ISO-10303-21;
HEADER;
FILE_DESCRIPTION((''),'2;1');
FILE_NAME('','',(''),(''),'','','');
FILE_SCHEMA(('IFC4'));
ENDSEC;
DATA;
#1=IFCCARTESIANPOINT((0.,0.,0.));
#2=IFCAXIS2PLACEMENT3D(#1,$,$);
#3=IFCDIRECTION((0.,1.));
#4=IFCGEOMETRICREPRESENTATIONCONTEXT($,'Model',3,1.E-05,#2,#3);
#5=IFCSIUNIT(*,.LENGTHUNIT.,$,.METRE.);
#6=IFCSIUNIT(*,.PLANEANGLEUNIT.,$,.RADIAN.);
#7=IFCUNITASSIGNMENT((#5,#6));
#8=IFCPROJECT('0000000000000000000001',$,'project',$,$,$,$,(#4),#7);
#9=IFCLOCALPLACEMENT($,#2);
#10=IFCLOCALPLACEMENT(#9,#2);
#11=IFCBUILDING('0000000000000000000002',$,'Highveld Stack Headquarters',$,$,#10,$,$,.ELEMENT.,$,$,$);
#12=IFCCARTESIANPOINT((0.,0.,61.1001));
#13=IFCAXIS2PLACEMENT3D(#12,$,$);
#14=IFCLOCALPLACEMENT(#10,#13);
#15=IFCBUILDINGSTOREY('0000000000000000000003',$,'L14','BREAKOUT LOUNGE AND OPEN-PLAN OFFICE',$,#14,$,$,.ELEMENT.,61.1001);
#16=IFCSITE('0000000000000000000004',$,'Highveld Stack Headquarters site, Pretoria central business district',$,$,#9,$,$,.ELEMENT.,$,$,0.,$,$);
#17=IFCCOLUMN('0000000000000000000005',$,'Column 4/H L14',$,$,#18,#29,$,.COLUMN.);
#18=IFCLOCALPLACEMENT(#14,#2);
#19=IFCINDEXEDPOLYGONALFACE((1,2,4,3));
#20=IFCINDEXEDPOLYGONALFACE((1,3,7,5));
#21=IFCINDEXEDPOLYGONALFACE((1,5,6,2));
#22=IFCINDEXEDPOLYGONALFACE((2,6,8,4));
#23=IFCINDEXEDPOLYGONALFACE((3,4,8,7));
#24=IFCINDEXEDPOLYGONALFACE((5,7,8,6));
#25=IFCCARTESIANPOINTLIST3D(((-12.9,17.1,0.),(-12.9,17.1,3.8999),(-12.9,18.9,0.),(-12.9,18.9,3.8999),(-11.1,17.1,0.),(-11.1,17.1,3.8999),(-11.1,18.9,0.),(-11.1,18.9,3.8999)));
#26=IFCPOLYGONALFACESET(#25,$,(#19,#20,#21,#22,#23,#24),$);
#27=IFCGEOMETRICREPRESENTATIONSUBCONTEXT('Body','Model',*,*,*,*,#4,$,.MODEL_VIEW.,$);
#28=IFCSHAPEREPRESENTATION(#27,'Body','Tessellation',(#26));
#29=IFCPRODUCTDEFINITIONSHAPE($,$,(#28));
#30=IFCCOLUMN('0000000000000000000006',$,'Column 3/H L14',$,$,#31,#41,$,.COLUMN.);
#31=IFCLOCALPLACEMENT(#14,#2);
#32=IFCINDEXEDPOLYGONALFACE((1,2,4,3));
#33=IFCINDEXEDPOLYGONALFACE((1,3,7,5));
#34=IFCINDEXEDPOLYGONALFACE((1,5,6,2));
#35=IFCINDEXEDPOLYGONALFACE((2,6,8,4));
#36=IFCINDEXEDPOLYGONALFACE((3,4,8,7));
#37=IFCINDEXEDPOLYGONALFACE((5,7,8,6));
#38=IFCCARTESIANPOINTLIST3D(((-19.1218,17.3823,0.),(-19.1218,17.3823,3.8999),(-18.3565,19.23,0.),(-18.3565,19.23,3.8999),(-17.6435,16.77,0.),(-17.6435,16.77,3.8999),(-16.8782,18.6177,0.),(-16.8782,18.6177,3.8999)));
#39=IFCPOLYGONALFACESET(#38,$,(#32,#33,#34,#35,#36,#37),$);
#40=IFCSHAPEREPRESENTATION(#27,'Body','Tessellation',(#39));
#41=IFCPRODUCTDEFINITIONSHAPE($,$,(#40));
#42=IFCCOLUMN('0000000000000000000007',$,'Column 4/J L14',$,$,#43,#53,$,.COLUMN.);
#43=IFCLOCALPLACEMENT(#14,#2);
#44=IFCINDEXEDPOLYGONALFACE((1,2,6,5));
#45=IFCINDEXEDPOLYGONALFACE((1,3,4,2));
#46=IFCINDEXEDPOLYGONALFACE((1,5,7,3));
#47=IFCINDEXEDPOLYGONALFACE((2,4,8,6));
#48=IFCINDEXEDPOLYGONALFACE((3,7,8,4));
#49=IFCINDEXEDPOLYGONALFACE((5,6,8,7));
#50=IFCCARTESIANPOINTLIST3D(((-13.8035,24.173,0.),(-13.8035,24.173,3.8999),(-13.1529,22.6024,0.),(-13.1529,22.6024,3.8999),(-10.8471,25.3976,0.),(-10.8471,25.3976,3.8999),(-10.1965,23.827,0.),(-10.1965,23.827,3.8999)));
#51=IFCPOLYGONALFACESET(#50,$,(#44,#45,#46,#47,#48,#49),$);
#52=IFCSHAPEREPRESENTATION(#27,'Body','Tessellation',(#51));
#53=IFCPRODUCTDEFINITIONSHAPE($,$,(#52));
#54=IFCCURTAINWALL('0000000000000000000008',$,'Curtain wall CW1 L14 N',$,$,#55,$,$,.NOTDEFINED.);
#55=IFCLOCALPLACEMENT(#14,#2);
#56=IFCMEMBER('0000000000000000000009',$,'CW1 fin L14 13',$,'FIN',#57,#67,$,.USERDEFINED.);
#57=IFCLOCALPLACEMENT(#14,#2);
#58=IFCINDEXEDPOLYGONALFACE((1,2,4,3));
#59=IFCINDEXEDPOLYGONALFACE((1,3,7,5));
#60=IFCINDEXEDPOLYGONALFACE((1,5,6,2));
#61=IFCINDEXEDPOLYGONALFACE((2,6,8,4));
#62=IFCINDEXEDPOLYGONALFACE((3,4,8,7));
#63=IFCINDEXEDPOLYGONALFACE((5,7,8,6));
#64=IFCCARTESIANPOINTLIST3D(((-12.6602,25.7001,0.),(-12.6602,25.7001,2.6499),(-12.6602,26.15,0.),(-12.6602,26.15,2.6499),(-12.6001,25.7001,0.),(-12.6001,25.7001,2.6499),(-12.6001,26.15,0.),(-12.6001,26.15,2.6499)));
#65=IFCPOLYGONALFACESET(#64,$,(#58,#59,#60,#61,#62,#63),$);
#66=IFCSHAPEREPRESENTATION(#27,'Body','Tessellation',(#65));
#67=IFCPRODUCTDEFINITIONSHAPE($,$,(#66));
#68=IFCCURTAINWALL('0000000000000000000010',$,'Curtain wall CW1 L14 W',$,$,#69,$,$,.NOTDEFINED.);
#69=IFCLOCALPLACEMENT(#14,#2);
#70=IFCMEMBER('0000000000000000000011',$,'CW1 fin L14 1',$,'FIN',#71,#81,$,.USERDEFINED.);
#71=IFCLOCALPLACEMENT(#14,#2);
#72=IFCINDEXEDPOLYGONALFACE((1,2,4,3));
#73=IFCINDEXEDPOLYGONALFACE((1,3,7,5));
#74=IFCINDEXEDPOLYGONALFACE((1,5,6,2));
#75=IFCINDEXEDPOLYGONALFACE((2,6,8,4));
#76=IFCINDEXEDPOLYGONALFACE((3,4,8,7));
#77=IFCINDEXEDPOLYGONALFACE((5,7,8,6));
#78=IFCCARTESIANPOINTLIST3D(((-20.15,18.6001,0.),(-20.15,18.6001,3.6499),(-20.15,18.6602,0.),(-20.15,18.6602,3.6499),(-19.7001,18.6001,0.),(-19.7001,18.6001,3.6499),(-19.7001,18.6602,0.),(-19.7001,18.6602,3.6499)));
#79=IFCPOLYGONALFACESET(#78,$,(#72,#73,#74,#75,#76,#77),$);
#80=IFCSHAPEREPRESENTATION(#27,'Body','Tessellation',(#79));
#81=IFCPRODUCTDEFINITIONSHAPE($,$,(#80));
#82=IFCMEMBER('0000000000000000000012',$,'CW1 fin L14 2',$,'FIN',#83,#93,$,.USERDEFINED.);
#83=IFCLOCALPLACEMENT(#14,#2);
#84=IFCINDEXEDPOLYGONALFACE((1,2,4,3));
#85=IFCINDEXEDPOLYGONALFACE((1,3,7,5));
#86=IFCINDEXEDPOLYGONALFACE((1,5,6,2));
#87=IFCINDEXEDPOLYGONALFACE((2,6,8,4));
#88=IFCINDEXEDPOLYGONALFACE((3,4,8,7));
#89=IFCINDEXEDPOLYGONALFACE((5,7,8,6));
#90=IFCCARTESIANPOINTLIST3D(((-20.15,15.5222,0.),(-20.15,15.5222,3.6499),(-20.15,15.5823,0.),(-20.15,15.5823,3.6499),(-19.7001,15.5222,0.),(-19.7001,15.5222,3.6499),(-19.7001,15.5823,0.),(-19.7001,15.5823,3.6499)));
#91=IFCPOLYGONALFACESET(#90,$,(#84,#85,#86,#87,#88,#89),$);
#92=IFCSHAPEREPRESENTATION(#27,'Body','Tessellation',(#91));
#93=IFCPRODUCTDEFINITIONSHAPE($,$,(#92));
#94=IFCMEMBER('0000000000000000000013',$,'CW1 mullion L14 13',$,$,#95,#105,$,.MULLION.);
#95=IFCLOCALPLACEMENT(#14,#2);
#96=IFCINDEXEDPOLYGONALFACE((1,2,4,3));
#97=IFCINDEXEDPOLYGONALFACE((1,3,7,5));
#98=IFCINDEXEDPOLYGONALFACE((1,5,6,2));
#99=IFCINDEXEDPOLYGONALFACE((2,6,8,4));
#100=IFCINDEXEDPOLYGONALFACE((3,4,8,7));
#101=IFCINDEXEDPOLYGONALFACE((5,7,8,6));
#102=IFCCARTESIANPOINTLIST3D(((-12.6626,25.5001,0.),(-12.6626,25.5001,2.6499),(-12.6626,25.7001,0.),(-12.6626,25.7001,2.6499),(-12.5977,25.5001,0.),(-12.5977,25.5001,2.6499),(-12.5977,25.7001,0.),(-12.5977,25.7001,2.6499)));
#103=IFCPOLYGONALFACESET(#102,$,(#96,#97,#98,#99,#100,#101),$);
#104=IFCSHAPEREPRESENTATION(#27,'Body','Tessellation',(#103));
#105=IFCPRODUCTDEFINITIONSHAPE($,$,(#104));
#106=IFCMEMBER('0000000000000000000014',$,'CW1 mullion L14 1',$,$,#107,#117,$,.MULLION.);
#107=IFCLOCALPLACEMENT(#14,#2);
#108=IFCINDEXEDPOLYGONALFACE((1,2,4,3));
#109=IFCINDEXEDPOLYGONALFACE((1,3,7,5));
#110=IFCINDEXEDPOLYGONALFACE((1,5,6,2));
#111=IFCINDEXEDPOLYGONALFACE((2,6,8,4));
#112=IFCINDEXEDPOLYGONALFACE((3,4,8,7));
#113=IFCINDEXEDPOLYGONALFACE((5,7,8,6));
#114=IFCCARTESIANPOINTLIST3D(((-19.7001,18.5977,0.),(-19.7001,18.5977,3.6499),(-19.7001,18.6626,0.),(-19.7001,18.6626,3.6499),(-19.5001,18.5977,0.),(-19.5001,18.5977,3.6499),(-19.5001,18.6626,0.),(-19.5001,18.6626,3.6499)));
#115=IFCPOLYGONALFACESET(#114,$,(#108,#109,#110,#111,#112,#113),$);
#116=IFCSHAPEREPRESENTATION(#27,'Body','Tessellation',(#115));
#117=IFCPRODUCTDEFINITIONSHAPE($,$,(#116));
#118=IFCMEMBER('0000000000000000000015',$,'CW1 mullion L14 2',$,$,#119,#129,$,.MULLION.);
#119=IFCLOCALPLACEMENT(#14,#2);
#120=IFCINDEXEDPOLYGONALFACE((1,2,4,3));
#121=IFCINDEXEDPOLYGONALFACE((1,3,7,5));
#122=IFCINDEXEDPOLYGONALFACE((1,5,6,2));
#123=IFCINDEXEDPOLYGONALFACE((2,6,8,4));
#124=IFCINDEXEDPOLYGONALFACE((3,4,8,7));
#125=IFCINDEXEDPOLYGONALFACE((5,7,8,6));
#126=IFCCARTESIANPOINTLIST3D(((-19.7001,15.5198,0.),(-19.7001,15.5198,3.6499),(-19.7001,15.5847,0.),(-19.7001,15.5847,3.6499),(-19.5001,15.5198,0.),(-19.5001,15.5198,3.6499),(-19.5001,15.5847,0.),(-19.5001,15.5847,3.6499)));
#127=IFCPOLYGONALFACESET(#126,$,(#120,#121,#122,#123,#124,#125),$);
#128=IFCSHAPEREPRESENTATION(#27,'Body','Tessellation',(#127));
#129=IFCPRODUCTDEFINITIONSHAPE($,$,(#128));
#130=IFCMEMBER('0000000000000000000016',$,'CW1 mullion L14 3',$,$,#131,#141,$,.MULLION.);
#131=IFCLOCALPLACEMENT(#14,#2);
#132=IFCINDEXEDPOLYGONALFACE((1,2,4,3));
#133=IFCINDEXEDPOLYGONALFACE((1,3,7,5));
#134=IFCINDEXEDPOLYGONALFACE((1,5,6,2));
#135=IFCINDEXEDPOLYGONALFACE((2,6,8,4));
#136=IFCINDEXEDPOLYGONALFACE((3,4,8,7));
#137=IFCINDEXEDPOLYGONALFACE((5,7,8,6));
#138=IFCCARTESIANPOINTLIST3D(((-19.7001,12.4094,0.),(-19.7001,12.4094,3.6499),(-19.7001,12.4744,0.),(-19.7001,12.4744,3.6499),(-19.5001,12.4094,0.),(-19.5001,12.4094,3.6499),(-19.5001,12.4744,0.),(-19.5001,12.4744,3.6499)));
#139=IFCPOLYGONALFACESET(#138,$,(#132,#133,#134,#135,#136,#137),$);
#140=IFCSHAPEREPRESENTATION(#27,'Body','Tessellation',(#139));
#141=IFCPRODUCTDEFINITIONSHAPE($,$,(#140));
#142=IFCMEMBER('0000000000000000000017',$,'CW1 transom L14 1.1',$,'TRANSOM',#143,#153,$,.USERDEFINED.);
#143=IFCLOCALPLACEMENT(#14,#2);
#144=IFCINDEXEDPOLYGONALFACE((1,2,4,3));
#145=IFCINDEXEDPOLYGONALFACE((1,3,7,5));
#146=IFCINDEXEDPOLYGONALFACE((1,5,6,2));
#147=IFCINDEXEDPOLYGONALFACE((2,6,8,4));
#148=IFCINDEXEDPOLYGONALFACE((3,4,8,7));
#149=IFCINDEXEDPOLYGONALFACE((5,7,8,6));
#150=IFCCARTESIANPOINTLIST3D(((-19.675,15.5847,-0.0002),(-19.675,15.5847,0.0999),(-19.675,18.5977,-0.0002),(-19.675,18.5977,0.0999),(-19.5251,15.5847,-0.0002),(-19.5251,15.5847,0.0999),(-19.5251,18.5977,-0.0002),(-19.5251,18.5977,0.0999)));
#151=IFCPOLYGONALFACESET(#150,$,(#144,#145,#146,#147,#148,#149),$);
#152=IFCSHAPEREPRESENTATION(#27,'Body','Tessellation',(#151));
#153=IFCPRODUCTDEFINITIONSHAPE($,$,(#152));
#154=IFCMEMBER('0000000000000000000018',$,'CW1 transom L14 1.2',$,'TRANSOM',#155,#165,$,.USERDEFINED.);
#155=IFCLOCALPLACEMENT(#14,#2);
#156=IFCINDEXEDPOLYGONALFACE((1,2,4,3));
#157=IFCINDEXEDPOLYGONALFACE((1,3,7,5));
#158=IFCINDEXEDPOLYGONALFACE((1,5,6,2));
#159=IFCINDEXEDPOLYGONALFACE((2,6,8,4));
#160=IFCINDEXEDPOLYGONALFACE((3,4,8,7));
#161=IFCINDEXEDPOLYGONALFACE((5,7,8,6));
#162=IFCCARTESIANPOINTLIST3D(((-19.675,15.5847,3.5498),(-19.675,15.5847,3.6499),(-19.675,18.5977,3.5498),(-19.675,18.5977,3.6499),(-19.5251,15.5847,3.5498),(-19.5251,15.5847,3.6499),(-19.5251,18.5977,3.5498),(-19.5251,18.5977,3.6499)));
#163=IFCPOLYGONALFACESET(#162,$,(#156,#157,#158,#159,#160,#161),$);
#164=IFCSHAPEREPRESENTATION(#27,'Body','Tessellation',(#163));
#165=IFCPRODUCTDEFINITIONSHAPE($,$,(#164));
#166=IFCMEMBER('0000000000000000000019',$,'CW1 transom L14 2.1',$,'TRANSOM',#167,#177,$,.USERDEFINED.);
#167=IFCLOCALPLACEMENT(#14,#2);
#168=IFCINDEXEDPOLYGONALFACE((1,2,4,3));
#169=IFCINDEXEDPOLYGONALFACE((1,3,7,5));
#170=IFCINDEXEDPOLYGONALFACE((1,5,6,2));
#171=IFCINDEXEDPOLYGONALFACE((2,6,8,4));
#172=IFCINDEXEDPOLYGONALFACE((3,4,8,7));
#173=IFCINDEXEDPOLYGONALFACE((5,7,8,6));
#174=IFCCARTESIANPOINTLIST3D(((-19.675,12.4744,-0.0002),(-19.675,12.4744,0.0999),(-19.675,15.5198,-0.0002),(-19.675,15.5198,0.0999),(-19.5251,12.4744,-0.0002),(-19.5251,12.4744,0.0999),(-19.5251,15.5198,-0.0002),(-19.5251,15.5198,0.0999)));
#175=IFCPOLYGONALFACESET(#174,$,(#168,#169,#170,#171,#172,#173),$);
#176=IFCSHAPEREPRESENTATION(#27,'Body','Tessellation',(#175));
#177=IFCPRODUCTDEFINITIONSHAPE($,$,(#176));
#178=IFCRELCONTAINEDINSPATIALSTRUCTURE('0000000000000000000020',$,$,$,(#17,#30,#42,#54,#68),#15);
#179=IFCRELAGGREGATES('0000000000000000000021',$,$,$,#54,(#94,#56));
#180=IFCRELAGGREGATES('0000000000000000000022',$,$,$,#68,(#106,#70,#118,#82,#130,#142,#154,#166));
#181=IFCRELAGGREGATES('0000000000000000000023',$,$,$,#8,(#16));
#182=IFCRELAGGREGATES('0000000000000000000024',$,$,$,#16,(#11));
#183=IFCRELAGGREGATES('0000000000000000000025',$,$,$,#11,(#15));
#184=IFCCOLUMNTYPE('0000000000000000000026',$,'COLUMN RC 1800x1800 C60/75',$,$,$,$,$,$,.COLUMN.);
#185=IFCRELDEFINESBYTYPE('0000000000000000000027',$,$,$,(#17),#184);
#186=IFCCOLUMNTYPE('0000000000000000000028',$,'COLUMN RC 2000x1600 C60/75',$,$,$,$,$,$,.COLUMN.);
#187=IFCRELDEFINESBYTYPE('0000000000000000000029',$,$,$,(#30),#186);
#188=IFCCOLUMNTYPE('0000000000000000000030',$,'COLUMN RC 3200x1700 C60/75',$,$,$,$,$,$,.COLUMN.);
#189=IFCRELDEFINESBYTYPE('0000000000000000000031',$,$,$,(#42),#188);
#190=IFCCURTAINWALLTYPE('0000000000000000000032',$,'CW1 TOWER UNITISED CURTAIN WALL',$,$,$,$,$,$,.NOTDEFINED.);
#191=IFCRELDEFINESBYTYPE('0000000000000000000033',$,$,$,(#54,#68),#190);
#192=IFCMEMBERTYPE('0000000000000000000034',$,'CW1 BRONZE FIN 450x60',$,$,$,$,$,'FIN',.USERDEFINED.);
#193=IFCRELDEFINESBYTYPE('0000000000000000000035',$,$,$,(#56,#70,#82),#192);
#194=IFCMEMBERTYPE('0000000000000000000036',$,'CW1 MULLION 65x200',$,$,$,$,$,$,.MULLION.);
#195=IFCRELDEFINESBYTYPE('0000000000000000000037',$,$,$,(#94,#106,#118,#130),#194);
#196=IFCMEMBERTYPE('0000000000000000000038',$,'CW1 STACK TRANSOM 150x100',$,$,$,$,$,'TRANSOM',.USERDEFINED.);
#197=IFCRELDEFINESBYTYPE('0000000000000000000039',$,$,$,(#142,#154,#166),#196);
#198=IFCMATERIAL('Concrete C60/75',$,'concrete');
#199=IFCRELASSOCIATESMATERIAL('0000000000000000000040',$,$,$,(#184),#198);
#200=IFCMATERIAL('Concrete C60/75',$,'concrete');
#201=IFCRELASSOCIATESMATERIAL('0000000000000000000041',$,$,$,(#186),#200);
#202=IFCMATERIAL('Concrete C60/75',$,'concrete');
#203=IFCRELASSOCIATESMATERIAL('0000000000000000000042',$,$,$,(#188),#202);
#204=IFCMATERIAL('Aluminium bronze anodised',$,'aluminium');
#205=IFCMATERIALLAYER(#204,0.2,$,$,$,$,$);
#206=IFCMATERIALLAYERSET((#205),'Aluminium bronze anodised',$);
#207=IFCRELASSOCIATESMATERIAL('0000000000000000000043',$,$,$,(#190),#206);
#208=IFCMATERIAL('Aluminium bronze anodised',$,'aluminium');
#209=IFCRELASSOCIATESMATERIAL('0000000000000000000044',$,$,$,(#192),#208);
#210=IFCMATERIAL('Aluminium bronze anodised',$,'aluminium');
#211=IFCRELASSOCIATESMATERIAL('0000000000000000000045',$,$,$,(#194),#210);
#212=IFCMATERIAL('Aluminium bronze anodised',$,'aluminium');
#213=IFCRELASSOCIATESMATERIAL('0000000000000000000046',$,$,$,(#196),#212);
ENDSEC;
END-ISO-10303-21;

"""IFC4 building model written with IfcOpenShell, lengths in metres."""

from ifc_helpers import new_model, si_unit, direction, frame, origin, origin_2d, place, context, subcontext, project, spatial, rectangle, extrude, material, layer, layer_set, material_profile, profile_set, type_object, element, aggregate, save


model = new_model("IFC4")

# Units and contexts
model_context = context("Model", 3, precision=1e-05, world=origin(), true_north=direction((0.0, 1.0)))
body_context = subcontext(model_context, "Body", "Model", "MODEL_VIEW")
ifc_project = project(units=[si_unit("LENGTHUNIT", "METRE"), si_unit("PLANEANGLEUNIT", "RADIAN")], contexts=[model_context])

# Site, building, storey
site_placement = place(None, origin())
site = spatial("IfcSite", under=ifc_project, at=site_placement, Name="Highveld Stack Headquarters site, Pretoria central business district", CompositionType="ELEMENT", RefElevation=0.0)
building_placement = place(site_placement, origin())
building = spatial("IfcBuilding", under=site, at=building_placement, Name="Highveld Stack Headquarters", CompositionType="ELEMENT")
storey_placement = place(building_placement, frame((0.0, 0.0, 61.1001)))
storey = spatial("IfcBuildingStorey", under=building, at=storey_placement, Name="L14", Description="BREAKOUT LOUNGE AND OPEN-PLAN OFFICE", CompositionType="ELEMENT", Elevation=61.1001)

# Columns
ifc_material_1 = material(Name="Concrete C60/75", Category="concrete")
ifc_material_profile_1 = material_profile(ifc_material_1, rectangle(XDim=1.8, YDim=1.8, at=origin_2d()), Name="RC 1800x1800")
ifc_profile_set_1 = profile_set([ifc_material_profile_1], Name="Concrete C60/75")
column_type_1 = type_object("IfcColumnType", Name="COLUMN RC 1800x1800 C60/75", PredefinedType="COLUMN", material=ifc_profile_set_1)
column_1_placement = place(storey_placement, frame((-12.0, 18.0, 0.0), z_axis=(0.0, 0.0, 1.0), x_axis=(1.0, 0.0, 0.0)))
element("IfcColumn", 1, at=column_1_placement, inside=storey, type_object=column_type_1, Name="Column 4/H L14", PredefinedType="COLUMN", context=body_context, shape_type="SweptSolid", body=[
    extrude(rectangle(XDim=1.8, YDim=1.8, at=origin_2d()), origin(), (0.0, 0.0, 1.0), 3.8999),
])
ifc_material_2 = material(Name="Concrete C60/75", Category="concrete")
ifc_material_profile_2 = material_profile(ifc_material_2, rectangle(XDim=2.0, YDim=1.6001, at=origin_2d()), Name="RC 2000x1600")
ifc_profile_set_2 = profile_set([ifc_material_profile_2], Name="Concrete C60/75")
column_type_2 = type_object("IfcColumnType", Name="COLUMN RC 2000x1600 C60/75", PredefinedType="COLUMN", material=ifc_profile_set_2)
column_2_placement = place(storey_placement, frame((-18.0, 18.0, 0.0), z_axis=(0.0, 0.0, 1.0), x_axis=(0.382683, 0.92388, 0.0)))
element("IfcColumn", 2, at=column_2_placement, inside=storey, type_object=column_type_2, Name="Column 3/H L14", PredefinedType="COLUMN", context=body_context, shape_type="SweptSolid", body=[
    extrude(rectangle(XDim=2.0, YDim=1.6001, at=origin_2d()), origin(), (0.0, 0.0, 1.0), 3.8999),
])
ifc_material_3 = material(Name="Concrete C60/75", Category="concrete")
ifc_material_profile_3 = material_profile(ifc_material_3, rectangle(XDim=3.2, YDim=1.7, at=origin_2d()), Name="RC 3200x1700")
ifc_profile_set_3 = profile_set([ifc_material_profile_3], Name="Concrete C60/75")
column_type_3 = type_object("IfcColumnType", Name="COLUMN RC 3200x1700 C60/75", PredefinedType="COLUMN", material=ifc_profile_set_3)
column_3_placement = place(storey_placement, frame((-12.0, 24.0, 0.0), z_axis=(0.0, 0.0, 1.0), x_axis=(0.92388, 0.382683, 0.0)))
element("IfcColumn", 3, at=column_3_placement, inside=storey, type_object=column_type_3, Name="Column 4/J L14", PredefinedType="COLUMN", context=body_context, shape_type="SweptSolid", body=[
    extrude(rectangle(XDim=3.2, YDim=1.7, at=origin_2d()), origin(), (0.0, 0.0, 1.0), 3.8999),
])

# Curtain wall, member
ifc_material_4 = material(Name="Aluminium bronze anodised", Category="aluminium")
ifc_layer_1 = layer(ifc_material_4, 0.2)
ifc_layer_set_1 = layer_set([ifc_layer_1], Name="Aluminium bronze anodised")
curtain_wall_type_1 = type_object("IfcCurtainWallType", Name="CW1 TOWER UNITISED CURTAIN WALL", PredefinedType="NOTDEFINED", material=ifc_layer_set_1)
curtain_wall_1_placement = place(storey_placement, origin())
curtain_wall_1 = element("IfcCurtainWall", 4, at=curtain_wall_1_placement, inside=storey, type_object=curtain_wall_type_1, Name="Curtain wall CW1 L14 N", PredefinedType="NOTDEFINED")
ifc_material_5 = material(Name="Aluminium bronze anodised", Category="aluminium")
ifc_material_profile_4 = material_profile(ifc_material_5, rectangle(XDim=0.45, YDim=0.0601, at=origin_2d()), Name="FIN 450x60")
ifc_profile_set_4 = profile_set([ifc_material_profile_4], Name="Aluminium bronze anodised")
member_type_1 = type_object("IfcMemberType", Name="CW1 BRONZE FIN 450x60", ElementType="FIN", PredefinedType="USERDEFINED", material=ifc_profile_set_4)
member_1_placement = place(storey_placement, frame((-12.6301, 25.925, 0.0), z_axis=(0.0, 0.0, 1.0), x_axis=(0.0, -1.0, 0.0)))
member_1 = element("IfcMember", 5, at=member_1_placement, type_object=member_type_1, Name="CW1 fin L14 13", ObjectType="FIN", PredefinedType="USERDEFINED", context=body_context, shape_type="SweptSolid", body=[
    extrude(rectangle(XDim=0.45, YDim=0.0601, at=origin_2d()), origin(), (0.0, 0.0, 1.0), 2.6499),
])

# Curtain wall, members
curtain_wall_2_placement = place(storey_placement, origin())
curtain_wall_2 = element("IfcCurtainWall", 6, at=curtain_wall_2_placement, inside=storey, type_object=curtain_wall_type_1, Name="Curtain wall CW1 L14 W", PredefinedType="NOTDEFINED")
member_2_placement = place(storey_placement, frame((-19.925, 18.6301, 0.0), z_axis=(0.0, 0.0, 1.0), x_axis=(1.0, 0.0, 0.0)))
member_2 = element("IfcMember", 7, at=member_2_placement, type_object=member_type_1, Name="CW1 fin L14 1", ObjectType="FIN", PredefinedType="USERDEFINED", context=body_context, shape_type="SweptSolid", body=[
    extrude(rectangle(XDim=0.45, YDim=0.0601, at=origin_2d()), origin(), (0.0, 0.0, 1.0), 3.6499),
])
member_3_placement = place(storey_placement, frame((-19.925, 15.5522, 0.0), z_axis=(0.0, 0.0, 1.0), x_axis=(1.0, 0.0, 0.0)))
member_3 = element("IfcMember", 8, at=member_3_placement, type_object=member_type_1, Name="CW1 fin L14 2", ObjectType="FIN", PredefinedType="USERDEFINED", context=body_context, shape_type="SweptSolid", body=[
    extrude(rectangle(XDim=0.45, YDim=0.0601, at=origin_2d()), origin(), (0.0, 0.0, 1.0), 3.6499),
])

# Members
ifc_material_6 = material(Name="Aluminium bronze anodised", Category="aluminium")
ifc_material_profile_5 = material_profile(ifc_material_6, rectangle(XDim=0.2, YDim=0.0649, at=origin_2d()), Name="CW1 MULLION 65x200")
ifc_profile_set_5 = profile_set([ifc_material_profile_5], Name="Aluminium bronze anodised")
member_type_2 = type_object("IfcMemberType", Name="CW1 MULLION 65x200", PredefinedType="MULLION", material=ifc_profile_set_5)
member_4_placement = place(storey_placement, frame((-12.6301, 25.6001, 0.0), z_axis=(0.0, 0.0, 1.0), x_axis=(0.0, -1.0, 0.0)))
member_4 = element("IfcMember", 9, at=member_4_placement, type_object=member_type_2, Name="CW1 mullion L14 13", PredefinedType="MULLION", context=body_context, shape_type="SweptSolid", body=[
    extrude(rectangle(XDim=0.2, YDim=0.0649, at=origin_2d()), origin(), (0.0, 0.0, 1.0), 2.6499),
])
aggregate(curtain_wall_1, [member_4, member_1])
member_5_placement = place(storey_placement, frame((-19.6001, 18.6301, 0.0), z_axis=(0.0, 0.0, 1.0), x_axis=(1.0, 0.0, 0.0)))
member_5 = element("IfcMember", 10, at=member_5_placement, type_object=member_type_2, Name="CW1 mullion L14 1", PredefinedType="MULLION", context=body_context, shape_type="SweptSolid", body=[
    extrude(rectangle(XDim=0.2, YDim=0.0649, at=origin_2d()), origin(), (0.0, 0.0, 1.0), 3.6499),
])
member_6_placement = place(storey_placement, frame((-19.6001, 15.5522, 0.0), z_axis=(0.0, 0.0, 1.0), x_axis=(1.0, 0.0, 0.0)))
member_6 = element("IfcMember", 11, at=member_6_placement, type_object=member_type_2, Name="CW1 mullion L14 2", PredefinedType="MULLION", context=body_context, shape_type="SweptSolid", body=[
    extrude(rectangle(XDim=0.2, YDim=0.0649, at=origin_2d()), origin(), (0.0, 0.0, 1.0), 3.6499),
])
member_7_placement = place(storey_placement, frame((-19.6001, 12.4419, 0.0), z_axis=(0.0, 0.0, 1.0), x_axis=(1.0, 0.0, 0.0)))
member_7 = element("IfcMember", 12, at=member_7_placement, type_object=member_type_2, Name="CW1 mullion L14 3", PredefinedType="MULLION", context=body_context, shape_type="SweptSolid", body=[
    extrude(rectangle(XDim=0.2, YDim=0.0649, at=origin_2d()), origin(), (0.0, 0.0, 1.0), 3.6499),
])
ifc_material_7 = material(Name="Aluminium bronze anodised", Category="aluminium")
ifc_material_profile_6 = material_profile(ifc_material_7, rectangle(XDim=0.1499, YDim=0.1001, at=origin_2d()), Name="CW1 TRANSOM 150x100")
ifc_profile_set_6 = profile_set([ifc_material_profile_6], Name="Aluminium bronze anodised")
member_type_3 = type_object("IfcMemberType", Name="CW1 STACK TRANSOM 150x100", ElementType="TRANSOM", PredefinedType="USERDEFINED", material=ifc_profile_set_6)
member_8_placement = place(storey_placement, frame((-19.6001, 18.5977, 0.0498), z_axis=(0.0, -1.0, 0.0), x_axis=(1.0, 0.0, 0.0)))
member_8 = element("IfcMember", 13, at=member_8_placement, type_object=member_type_3, Name="CW1 transom L14 1.1", ObjectType="TRANSOM", PredefinedType="USERDEFINED", context=body_context, shape_type="SweptSolid", body=[
    extrude(rectangle(XDim=0.1499, YDim=0.1001, at=origin_2d()), origin(), (0.0, 0.0, 1.0), 3.0129),
])
member_9_placement = place(storey_placement, frame((-19.6001, 18.5977, 3.5999), z_axis=(0.0, -1.0, 0.0), x_axis=(1.0, 0.0, 0.0)))
member_9 = element("IfcMember", 14, at=member_9_placement, type_object=member_type_3, Name="CW1 transom L14 1.2", ObjectType="TRANSOM", PredefinedType="USERDEFINED", context=body_context, shape_type="SweptSolid", body=[
    extrude(rectangle(XDim=0.1499, YDim=0.1001, at=origin_2d()), origin(), (0.0, 0.0, 1.0), 3.0129),
])
member_10_placement = place(storey_placement, frame((-19.6001, 15.5198, 0.0498), z_axis=(0.0, -1.0, 0.0), x_axis=(1.0, 0.0, 0.0)))
member_10 = element("IfcMember", 15, at=member_10_placement, type_object=member_type_3, Name="CW1 transom L14 2.1", ObjectType="TRANSOM", PredefinedType="USERDEFINED", context=body_context, shape_type="SweptSolid", body=[
    extrude(rectangle(XDim=0.1499, YDim=0.1001, at=origin_2d()), origin(), (0.0, 0.0, 1.0), 3.0454),
])

aggregate(curtain_wall_2, [member_5, member_2, member_6, member_3, member_7, member_8, member_9, member_10])

save(model, "model.ifc")
